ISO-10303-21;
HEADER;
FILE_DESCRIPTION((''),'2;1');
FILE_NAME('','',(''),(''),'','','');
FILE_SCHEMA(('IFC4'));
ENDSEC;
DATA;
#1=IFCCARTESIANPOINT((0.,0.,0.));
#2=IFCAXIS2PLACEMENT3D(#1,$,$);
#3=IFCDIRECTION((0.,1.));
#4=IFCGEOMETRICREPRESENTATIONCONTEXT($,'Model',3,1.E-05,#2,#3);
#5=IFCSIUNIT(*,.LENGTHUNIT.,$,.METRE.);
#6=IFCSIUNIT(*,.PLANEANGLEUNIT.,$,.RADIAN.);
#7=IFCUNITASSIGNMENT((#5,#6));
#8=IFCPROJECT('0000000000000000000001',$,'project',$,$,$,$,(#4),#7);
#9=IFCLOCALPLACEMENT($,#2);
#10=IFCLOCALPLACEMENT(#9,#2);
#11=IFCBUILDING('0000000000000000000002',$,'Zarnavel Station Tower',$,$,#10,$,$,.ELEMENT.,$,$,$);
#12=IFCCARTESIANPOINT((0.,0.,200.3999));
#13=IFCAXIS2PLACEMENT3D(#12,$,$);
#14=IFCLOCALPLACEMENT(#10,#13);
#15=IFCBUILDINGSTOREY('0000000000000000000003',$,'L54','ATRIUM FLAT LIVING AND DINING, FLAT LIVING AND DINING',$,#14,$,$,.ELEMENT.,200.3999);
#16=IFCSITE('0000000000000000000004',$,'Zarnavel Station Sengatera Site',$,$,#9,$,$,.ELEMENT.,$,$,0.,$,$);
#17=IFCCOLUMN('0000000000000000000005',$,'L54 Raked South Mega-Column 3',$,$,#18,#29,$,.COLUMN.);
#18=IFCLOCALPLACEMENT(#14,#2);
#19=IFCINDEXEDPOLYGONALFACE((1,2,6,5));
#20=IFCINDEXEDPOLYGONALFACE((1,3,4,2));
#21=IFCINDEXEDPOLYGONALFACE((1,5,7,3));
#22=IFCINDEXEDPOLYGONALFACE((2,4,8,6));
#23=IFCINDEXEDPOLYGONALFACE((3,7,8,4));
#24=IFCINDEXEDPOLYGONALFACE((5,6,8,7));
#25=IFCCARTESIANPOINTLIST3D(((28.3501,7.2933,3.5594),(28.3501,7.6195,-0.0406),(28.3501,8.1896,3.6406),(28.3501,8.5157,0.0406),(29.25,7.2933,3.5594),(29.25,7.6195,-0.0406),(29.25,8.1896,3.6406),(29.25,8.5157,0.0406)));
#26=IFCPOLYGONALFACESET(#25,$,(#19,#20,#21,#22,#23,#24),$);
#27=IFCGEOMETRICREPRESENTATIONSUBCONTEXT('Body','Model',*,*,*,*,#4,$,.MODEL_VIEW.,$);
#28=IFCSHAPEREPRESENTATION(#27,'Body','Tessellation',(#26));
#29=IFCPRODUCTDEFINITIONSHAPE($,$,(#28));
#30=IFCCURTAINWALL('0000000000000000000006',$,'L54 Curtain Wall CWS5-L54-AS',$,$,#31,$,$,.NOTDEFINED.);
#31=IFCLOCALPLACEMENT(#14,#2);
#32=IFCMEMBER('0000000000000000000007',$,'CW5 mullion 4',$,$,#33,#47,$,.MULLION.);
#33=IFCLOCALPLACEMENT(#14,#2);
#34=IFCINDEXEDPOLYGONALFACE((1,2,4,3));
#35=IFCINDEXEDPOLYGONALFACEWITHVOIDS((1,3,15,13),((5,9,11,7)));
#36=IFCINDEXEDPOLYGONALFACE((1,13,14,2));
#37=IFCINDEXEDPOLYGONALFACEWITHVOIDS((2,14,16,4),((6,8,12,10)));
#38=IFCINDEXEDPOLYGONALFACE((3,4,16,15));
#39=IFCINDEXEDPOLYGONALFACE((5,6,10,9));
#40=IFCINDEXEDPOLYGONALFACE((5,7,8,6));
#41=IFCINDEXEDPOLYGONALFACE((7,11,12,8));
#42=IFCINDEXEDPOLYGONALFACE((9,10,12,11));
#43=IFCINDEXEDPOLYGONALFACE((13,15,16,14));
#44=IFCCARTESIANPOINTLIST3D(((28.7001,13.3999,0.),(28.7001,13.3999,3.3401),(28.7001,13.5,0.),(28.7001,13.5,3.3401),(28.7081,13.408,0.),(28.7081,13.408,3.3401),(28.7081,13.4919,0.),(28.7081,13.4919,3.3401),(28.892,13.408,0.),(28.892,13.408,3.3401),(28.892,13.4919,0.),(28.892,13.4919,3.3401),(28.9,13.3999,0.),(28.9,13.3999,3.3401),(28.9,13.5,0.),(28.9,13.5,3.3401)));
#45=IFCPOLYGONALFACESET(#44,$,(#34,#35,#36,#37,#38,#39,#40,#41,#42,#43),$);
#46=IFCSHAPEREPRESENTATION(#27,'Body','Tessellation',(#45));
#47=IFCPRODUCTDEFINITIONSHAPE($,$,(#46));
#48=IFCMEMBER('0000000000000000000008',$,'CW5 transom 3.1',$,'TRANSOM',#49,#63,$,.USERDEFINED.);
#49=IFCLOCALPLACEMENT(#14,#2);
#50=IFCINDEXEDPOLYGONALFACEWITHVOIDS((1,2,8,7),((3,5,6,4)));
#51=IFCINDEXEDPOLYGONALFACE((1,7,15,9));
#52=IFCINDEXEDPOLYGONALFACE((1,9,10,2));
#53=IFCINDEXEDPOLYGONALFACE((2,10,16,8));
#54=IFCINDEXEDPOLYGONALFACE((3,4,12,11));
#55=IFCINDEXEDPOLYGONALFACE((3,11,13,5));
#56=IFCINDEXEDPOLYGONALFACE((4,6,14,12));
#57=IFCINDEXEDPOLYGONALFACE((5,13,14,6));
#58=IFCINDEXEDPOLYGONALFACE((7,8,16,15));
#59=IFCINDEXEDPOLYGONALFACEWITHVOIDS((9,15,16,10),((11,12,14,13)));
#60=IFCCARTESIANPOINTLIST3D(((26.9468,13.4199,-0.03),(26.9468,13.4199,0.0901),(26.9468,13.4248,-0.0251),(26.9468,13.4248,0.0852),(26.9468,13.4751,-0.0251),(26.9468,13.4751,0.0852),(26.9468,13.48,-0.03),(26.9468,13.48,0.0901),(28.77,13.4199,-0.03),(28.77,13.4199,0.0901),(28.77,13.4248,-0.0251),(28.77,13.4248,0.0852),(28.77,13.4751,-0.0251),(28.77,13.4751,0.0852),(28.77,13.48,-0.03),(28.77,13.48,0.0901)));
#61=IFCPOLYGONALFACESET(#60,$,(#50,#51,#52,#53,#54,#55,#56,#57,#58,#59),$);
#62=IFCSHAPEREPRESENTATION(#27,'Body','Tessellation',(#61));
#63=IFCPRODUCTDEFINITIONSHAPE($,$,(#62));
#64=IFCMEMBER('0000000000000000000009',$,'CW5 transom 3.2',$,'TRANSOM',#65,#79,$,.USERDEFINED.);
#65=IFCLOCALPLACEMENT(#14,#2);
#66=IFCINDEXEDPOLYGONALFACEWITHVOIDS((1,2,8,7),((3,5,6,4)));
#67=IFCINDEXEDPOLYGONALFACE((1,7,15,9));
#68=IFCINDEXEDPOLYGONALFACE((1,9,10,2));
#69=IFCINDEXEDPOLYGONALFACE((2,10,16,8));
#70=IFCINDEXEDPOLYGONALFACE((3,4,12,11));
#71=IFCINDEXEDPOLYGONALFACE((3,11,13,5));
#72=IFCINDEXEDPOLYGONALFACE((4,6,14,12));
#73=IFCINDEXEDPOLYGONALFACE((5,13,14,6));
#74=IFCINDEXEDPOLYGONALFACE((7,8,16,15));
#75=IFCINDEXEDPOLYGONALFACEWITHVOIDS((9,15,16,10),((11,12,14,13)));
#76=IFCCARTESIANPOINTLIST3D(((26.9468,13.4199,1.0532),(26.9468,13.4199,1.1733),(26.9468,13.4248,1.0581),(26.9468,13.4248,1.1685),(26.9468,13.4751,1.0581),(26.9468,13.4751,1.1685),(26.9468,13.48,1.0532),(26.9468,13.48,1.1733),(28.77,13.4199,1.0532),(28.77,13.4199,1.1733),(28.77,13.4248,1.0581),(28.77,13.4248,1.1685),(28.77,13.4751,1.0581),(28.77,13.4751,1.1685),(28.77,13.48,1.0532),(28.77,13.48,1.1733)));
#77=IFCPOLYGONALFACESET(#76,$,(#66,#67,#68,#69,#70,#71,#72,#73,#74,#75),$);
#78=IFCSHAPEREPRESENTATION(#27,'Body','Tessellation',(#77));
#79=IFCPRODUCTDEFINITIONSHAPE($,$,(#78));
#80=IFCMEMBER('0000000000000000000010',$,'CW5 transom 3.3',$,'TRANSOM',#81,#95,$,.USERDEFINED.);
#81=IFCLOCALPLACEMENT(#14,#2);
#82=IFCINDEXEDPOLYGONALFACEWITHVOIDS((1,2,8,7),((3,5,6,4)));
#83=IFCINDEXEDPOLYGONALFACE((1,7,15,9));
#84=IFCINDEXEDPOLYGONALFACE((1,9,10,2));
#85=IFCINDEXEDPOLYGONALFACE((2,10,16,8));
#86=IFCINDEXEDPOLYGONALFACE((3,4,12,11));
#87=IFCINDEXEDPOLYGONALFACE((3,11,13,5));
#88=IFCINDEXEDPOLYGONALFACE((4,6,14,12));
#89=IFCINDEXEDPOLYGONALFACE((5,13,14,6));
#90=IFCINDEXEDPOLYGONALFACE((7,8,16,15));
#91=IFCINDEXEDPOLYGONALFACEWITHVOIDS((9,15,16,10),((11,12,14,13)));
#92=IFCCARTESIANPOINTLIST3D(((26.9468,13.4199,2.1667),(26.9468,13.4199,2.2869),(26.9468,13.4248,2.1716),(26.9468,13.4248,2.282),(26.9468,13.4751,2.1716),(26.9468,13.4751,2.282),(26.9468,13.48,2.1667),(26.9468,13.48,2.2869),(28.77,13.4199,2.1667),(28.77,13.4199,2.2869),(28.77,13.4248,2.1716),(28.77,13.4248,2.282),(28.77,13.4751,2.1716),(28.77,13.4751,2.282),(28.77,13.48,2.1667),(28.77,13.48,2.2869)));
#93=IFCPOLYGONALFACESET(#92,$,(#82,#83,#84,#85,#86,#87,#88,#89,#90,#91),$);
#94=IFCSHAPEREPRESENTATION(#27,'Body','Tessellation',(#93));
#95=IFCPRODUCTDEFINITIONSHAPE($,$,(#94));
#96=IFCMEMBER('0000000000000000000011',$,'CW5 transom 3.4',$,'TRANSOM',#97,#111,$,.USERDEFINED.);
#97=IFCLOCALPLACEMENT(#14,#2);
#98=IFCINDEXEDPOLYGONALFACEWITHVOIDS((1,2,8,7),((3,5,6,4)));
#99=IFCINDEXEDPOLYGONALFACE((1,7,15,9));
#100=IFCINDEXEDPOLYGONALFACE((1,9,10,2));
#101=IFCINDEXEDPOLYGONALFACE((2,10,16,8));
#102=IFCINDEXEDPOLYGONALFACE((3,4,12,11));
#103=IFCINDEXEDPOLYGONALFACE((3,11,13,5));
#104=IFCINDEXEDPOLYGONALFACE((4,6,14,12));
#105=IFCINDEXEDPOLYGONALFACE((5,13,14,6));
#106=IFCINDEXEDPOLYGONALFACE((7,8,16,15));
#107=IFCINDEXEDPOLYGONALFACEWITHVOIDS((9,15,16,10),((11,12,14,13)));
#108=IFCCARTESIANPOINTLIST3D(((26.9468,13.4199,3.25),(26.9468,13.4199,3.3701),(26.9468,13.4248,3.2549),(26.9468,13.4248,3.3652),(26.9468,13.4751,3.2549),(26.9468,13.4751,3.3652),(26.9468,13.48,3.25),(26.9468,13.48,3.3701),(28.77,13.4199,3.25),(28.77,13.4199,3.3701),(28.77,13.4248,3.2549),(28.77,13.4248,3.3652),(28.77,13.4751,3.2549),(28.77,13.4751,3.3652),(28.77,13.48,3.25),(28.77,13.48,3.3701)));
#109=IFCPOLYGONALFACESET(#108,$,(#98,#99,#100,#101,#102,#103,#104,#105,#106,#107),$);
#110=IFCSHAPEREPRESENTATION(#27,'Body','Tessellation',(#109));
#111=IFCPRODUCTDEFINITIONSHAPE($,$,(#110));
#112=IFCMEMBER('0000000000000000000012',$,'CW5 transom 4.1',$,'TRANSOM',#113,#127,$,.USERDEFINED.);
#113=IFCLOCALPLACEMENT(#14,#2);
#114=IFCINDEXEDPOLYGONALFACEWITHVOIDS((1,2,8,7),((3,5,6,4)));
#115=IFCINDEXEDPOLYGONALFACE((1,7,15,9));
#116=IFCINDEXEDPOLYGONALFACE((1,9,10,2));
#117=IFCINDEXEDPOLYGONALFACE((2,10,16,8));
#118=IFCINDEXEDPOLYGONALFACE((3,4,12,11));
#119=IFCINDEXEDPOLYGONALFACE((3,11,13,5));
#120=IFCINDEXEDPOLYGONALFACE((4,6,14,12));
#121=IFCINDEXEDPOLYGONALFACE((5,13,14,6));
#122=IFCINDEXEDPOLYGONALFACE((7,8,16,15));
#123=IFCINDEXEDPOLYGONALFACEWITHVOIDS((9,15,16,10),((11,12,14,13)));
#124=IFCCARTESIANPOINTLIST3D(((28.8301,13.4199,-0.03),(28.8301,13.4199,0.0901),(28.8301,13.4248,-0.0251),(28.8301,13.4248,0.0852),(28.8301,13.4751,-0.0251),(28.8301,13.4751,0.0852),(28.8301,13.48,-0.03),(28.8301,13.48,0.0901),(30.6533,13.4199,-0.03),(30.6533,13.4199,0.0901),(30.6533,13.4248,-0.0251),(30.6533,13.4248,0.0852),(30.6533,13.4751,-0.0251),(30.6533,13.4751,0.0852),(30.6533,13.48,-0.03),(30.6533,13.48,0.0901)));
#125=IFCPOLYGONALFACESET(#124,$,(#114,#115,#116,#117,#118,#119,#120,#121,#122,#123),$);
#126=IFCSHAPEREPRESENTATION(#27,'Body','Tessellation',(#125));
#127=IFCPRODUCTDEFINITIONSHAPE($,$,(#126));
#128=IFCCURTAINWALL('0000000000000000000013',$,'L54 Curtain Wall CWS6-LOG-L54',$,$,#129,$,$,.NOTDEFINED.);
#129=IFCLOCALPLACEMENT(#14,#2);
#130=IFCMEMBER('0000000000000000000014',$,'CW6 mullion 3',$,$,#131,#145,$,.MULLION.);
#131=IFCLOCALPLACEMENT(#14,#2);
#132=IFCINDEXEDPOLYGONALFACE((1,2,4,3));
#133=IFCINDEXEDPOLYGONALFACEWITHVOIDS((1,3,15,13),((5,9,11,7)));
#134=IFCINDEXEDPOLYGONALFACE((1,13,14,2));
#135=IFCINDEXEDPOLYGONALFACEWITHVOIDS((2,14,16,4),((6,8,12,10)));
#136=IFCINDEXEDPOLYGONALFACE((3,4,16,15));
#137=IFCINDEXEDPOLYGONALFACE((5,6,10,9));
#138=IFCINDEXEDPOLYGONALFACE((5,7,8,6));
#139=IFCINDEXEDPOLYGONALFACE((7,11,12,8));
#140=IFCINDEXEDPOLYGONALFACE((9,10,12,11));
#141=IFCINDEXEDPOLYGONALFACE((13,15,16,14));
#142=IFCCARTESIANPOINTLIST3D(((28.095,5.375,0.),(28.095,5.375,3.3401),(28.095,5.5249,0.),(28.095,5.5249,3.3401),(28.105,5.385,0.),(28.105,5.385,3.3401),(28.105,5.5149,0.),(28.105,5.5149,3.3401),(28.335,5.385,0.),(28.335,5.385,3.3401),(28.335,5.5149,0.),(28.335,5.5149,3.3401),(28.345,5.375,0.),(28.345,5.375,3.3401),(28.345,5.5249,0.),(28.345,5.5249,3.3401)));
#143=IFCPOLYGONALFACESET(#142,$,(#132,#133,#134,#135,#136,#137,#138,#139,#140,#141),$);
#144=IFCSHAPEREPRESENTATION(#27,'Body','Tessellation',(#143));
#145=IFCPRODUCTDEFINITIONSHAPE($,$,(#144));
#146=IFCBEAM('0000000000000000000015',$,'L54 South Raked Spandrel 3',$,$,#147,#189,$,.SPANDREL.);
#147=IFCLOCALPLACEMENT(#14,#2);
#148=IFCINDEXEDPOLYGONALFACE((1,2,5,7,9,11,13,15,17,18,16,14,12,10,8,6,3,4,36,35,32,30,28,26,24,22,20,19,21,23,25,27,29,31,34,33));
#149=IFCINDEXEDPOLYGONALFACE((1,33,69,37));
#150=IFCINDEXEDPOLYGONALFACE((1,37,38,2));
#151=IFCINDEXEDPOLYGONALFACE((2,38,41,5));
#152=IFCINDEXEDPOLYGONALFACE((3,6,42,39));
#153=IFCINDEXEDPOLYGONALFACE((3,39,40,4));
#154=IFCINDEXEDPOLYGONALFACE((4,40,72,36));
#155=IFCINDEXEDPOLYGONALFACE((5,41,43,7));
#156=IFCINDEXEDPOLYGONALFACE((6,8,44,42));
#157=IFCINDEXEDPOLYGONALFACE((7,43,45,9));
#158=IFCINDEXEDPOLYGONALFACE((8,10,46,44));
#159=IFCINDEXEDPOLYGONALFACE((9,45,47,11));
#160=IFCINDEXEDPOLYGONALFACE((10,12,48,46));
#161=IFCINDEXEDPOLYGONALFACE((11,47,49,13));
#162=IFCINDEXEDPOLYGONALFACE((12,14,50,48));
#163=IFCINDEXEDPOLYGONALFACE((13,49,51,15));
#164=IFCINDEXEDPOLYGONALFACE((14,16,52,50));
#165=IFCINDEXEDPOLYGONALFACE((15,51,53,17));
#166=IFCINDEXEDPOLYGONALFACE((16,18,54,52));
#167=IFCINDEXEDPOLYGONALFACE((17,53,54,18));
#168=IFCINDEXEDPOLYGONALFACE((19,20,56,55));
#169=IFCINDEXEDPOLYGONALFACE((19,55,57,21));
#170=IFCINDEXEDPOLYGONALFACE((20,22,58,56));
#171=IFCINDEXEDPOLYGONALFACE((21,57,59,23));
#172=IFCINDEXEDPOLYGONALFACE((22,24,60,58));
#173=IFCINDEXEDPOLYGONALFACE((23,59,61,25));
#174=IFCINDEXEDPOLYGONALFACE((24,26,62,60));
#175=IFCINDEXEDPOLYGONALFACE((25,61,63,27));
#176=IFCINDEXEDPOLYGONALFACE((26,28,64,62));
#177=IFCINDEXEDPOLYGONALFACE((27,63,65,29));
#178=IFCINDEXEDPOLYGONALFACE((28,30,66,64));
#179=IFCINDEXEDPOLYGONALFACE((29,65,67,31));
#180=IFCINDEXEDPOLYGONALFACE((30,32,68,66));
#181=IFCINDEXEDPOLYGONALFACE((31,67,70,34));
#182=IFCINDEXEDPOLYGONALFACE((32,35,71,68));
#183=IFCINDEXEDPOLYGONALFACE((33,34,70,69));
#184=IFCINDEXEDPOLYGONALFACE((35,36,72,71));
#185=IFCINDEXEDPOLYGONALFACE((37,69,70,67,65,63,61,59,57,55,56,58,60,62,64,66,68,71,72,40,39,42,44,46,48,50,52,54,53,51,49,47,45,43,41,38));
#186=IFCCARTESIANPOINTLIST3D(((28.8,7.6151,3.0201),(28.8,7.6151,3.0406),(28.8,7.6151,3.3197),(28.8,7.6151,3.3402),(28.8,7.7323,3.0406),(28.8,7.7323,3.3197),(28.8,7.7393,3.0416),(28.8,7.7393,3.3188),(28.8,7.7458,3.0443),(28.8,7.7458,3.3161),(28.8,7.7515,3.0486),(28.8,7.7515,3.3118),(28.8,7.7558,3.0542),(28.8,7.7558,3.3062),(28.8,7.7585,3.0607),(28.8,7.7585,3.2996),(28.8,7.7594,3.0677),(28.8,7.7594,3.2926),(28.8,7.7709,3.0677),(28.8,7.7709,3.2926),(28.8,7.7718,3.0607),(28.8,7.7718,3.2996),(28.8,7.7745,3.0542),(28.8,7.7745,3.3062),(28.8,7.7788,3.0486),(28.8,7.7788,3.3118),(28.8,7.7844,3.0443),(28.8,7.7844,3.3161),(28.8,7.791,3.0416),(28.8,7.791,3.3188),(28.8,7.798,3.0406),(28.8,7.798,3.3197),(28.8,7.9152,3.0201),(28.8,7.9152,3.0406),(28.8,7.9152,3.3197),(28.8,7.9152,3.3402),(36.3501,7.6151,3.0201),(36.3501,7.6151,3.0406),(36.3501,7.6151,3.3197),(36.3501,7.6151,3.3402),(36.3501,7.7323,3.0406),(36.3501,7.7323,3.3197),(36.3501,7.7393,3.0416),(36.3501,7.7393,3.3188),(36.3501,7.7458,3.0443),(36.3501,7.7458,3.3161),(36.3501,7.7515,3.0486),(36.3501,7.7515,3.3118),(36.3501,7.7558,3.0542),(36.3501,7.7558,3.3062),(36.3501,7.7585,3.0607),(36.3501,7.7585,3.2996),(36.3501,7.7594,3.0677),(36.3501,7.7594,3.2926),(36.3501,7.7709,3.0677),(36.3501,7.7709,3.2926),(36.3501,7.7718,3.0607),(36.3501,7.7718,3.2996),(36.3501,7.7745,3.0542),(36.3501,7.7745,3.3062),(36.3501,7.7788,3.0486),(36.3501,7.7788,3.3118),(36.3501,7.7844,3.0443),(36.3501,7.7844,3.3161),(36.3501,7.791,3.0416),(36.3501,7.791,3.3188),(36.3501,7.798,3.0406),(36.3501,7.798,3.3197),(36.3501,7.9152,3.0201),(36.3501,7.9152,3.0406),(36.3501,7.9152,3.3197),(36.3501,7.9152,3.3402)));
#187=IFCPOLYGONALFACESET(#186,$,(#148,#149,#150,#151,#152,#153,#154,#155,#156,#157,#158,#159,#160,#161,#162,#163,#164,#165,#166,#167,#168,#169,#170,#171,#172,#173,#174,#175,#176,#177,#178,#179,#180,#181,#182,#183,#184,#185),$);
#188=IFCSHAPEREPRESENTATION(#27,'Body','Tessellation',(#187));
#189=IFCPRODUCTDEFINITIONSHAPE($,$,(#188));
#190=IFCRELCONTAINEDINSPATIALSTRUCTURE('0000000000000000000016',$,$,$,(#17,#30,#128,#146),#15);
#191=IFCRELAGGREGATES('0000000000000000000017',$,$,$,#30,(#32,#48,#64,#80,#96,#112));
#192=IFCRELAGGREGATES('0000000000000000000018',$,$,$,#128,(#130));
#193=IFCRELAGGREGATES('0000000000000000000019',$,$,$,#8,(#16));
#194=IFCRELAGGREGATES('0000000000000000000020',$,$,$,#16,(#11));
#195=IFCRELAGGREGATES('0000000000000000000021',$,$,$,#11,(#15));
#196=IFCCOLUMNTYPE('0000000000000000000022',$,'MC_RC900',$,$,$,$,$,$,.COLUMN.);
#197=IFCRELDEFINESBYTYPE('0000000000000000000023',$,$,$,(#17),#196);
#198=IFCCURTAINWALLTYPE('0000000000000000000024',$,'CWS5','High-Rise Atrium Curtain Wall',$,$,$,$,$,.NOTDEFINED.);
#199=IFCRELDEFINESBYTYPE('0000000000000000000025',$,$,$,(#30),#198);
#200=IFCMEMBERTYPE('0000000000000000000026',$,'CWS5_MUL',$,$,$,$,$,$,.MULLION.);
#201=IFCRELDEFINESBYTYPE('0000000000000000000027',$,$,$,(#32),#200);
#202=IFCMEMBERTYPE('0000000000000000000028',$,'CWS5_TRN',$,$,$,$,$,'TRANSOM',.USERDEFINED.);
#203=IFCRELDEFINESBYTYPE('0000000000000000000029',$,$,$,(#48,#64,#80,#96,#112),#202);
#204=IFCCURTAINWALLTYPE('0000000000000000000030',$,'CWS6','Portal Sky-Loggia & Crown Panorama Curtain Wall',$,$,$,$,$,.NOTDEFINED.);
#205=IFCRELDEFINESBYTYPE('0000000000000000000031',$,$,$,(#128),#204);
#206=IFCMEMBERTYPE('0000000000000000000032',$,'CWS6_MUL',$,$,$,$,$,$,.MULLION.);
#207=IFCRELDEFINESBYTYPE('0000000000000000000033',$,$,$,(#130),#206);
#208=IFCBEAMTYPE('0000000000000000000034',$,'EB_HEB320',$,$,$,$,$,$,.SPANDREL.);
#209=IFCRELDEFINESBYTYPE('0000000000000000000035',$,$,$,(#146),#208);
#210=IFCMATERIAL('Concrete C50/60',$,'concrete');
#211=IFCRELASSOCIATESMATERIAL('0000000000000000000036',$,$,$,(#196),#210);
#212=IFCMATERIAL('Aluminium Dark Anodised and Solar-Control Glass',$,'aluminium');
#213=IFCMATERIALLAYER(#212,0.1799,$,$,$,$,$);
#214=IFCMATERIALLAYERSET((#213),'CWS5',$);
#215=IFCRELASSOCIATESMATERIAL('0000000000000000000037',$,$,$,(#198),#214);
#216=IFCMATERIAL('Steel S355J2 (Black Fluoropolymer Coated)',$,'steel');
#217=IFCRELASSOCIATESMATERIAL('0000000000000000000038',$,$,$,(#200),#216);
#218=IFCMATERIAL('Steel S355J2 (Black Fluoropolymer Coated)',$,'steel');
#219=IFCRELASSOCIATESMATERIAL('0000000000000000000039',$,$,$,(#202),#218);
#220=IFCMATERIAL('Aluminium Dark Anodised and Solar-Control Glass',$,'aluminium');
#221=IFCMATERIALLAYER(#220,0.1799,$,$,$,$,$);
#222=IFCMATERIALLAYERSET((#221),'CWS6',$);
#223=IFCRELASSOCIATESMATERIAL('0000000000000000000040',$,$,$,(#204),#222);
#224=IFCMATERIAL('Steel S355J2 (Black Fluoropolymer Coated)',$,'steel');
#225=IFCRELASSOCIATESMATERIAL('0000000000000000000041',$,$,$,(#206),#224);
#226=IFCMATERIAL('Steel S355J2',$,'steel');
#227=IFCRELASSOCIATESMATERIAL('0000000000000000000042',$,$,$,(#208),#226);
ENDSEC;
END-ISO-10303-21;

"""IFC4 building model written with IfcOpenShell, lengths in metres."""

from ifc_helpers import new_model, si_unit, direction, frame, origin, origin_2d, place, context, subcontext, project, spatial, rectangle, hollow_rectangle, i_section, extrude, material, layer, layer_set, material_profile, profile_set, type_object, element, aggregate, save


model = new_model("IFC4")

# Units and contexts
model_context = context("Model", 3, precision=1e-05, world=origin(), true_north=direction((0.0, 1.0)))
body_context = subcontext(model_context, "Body", "Model", "MODEL_VIEW")
ifc_project = project(units=[si_unit("LENGTHUNIT", "METRE"), si_unit("PLANEANGLEUNIT", "RADIAN")], contexts=[model_context])

# Site, building, storey
site_placement = place(None, origin())
site = spatial("IfcSite", under=ifc_project, at=site_placement, Name="Zarnavel Station Sengatera Site", CompositionType="ELEMENT", RefElevation=0.0)
building_placement = place(site_placement, origin())
building = spatial("IfcBuilding", under=site, at=building_placement, Name="Zarnavel Station Tower", CompositionType="ELEMENT")
storey_placement = place(building_placement, frame((0.0, 0.0, 200.3999)))
storey = spatial("IfcBuildingStorey", under=building, at=storey_placement, Name="L54", Description="ATRIUM FLAT LIVING AND DINING, FLAT LIVING AND DINING", CompositionType="ELEMENT", Elevation=200.3999)

# Column
ifc_material_1 = material(Name="Concrete C50/60", Category="concrete")
ifc_material_profile_1 = material_profile(ifc_material_1, rectangle(XDim=0.8999, YDim=0.8999, at=origin_2d()), Name="RC900x900")
ifc_profile_set_1 = profile_set([ifc_material_profile_1], Name="Concrete C50/60")
column_type = type_object("IfcColumnType", Name="MC_RC900", PredefinedType="COLUMN", material=ifc_profile_set_1)
column_placement = place(storey_placement, frame((28.8, 8.0676, 0.0), z_axis=(0.0, -0.090231, 0.995921), x_axis=(1.0, 0.0, 0.0)))
element("IfcColumn", 1, at=column_placement, inside=storey, type_object=column_type, Name="L54 Raked South Mega-Column 3", PredefinedType="COLUMN", context=body_context, shape_type="SweptSolid", body=[
    extrude(rectangle(XDim=0.8999, YDim=0.8999, at=origin_2d()), origin(), (0.0, 0.0, 1.0), 3.6147),
])

# Curtain wall, members
ifc_material_2 = material(Name="Aluminium Dark Anodised and Solar-Control Glass", Category="aluminium")
ifc_layer_1 = layer(ifc_material_2, 0.1799)
ifc_layer_set_1 = layer_set([ifc_layer_1], Name="CWS5")
curtain_wall_type_1 = type_object("IfcCurtainWallType", Name="CWS5", Description="High-Rise Atrium Curtain Wall", PredefinedType="NOTDEFINED", material=ifc_layer_set_1)
curtain_wall_1_placement = place(storey_placement, origin())
curtain_wall_1 = element("IfcCurtainWall", 2, at=curtain_wall_1_placement, inside=storey, type_object=curtain_wall_type_1, Name="L54 Curtain Wall CWS5-L54-AS", PredefinedType="NOTDEFINED")
ifc_material_3 = material(Name="Steel S355J2 (Black Fluoropolymer Coated)", Category="steel")
ifc_material_profile_2 = material_profile(ifc_material_3, hollow_rectangle(XDim=0.1001, YDim=0.2, WallThickness=0.0081, at=origin_2d()), Name="RHS200x100x8")
ifc_profile_set_2 = profile_set([ifc_material_profile_2], Name="Steel S355J2 (Black Fluoropolymer Coated)")
member_type_1 = type_object("IfcMemberType", Name="CWS5_MUL", PredefinedType="MULLION", material=ifc_profile_set_2)
member_1_placement = place(storey_placement, frame((28.8, 13.45, 0.0), z_axis=(0.0, 0.0, 1.0), x_axis=(0.0, 1.0, 0.0)))
member_1 = element("IfcMember", 3, at=member_1_placement, type_object=member_type_1, Name="CW5 mullion 4", PredefinedType="MULLION", context=body_context, shape_type="SweptSolid", body=[
    extrude(hollow_rectangle(XDim=0.1001, YDim=0.2, WallThickness=0.0081, at=origin_2d()), origin(), (0.0, 0.0, 1.0), 3.3401),
])
ifc_material_4 = material(Name="Steel S355J2 (Black Fluoropolymer Coated)", Category="steel")
ifc_material_profile_3 = material_profile(ifc_material_4, hollow_rectangle(XDim=0.0601, YDim=0.1201, WallThickness=0.0049, at=origin_2d()), Name="RHS120x60x5")
ifc_profile_set_3 = profile_set([ifc_material_profile_3], Name="Steel S355J2 (Black Fluoropolymer Coated)")
member_type_2 = type_object("IfcMemberType", Name="CWS5_TRN", ElementType="TRANSOM", PredefinedType="USERDEFINED", material=ifc_profile_set_3)
member_2_placement = place(storey_placement, frame((26.9468, 13.45, 0.03), z_axis=(1.0, 0.0, 0.0), x_axis=(0.0, 1.0, 0.0)))
member_2 = element("IfcMember", 4, at=member_2_placement, type_object=member_type_2, Name="CW5 transom 3.1", ObjectType="TRANSOM", PredefinedType="USERDEFINED", context=body_context, shape_type="SweptSolid", body=[
    extrude(hollow_rectangle(XDim=0.0601, YDim=0.1201, WallThickness=0.0049, at=origin_2d()), origin(), (0.0, 0.0, 1.0), 1.8232),
])
member_3_placement = place(storey_placement, frame((26.9468, 13.45, 1.1133), z_axis=(1.0, 0.0, 0.0), x_axis=(0.0, 1.0, 0.0)))
member_3 = element("IfcMember", 5, at=member_3_placement, type_object=member_type_2, Name="CW5 transom 3.2", ObjectType="TRANSOM", PredefinedType="USERDEFINED", context=body_context, shape_type="SweptSolid", body=[
    extrude(hollow_rectangle(XDim=0.0601, YDim=0.1201, WallThickness=0.0049, at=origin_2d()), origin(), (0.0, 0.0, 1.0), 1.8232),
])
member_4_placement = place(storey_placement, frame((26.9468, 13.45, 2.2268), z_axis=(1.0, 0.0, 0.0), x_axis=(0.0, 1.0, 0.0)))
member_4 = element("IfcMember", 6, at=member_4_placement, type_object=member_type_2, Name="CW5 transom 3.3", ObjectType="TRANSOM", PredefinedType="USERDEFINED", context=body_context, shape_type="SweptSolid", body=[
    extrude(hollow_rectangle(XDim=0.0601, YDim=0.1201, WallThickness=0.0049, at=origin_2d()), origin(), (0.0, 0.0, 1.0), 1.8232),
])
member_5_placement = place(storey_placement, frame((26.9468, 13.45, 3.3101), z_axis=(1.0, 0.0, 0.0), x_axis=(0.0, 1.0, 0.0)))
member_5 = element("IfcMember", 7, at=member_5_placement, type_object=member_type_2, Name="CW5 transom 3.4", ObjectType="TRANSOM", PredefinedType="USERDEFINED", context=body_context, shape_type="SweptSolid", body=[
    extrude(hollow_rectangle(XDim=0.0601, YDim=0.1201, WallThickness=0.0049, at=origin_2d()), origin(), (0.0, 0.0, 1.0), 1.8232),
])
member_6_placement = place(storey_placement, frame((28.8301, 13.45, 0.03), z_axis=(1.0, 0.0, 0.0), x_axis=(0.0, 1.0, 0.0)))
member_6 = element("IfcMember", 8, at=member_6_placement, type_object=member_type_2, Name="CW5 transom 4.1", ObjectType="TRANSOM", PredefinedType="USERDEFINED", context=body_context, shape_type="SweptSolid", body=[
    extrude(hollow_rectangle(XDim=0.0601, YDim=0.1201, WallThickness=0.0049, at=origin_2d()), origin(), (0.0, 0.0, 1.0), 1.8232),
])

# Curtain wall, member
ifc_material_5 = material(Name="Aluminium Dark Anodised and Solar-Control Glass", Category="aluminium")
ifc_layer_2 = layer(ifc_material_5, 0.1799)
ifc_layer_set_2 = layer_set([ifc_layer_2], Name="CWS6")
curtain_wall_type_2 = type_object("IfcCurtainWallType", Name="CWS6", Description="Portal Sky-Loggia & Crown Panorama Curtain Wall", PredefinedType="NOTDEFINED", material=ifc_layer_set_2)
curtain_wall_2_placement = place(storey_placement, origin())
curtain_wall_2 = element("IfcCurtainWall", 9, at=curtain_wall_2_placement, inside=storey, type_object=curtain_wall_type_2, Name="L54 Curtain Wall CWS6-LOG-L54", PredefinedType="NOTDEFINED")
ifc_material_6 = material(Name="Steel S355J2 (Black Fluoropolymer Coated)", Category="steel")
ifc_material_profile_4 = material_profile(ifc_material_6, hollow_rectangle(XDim=0.1499, YDim=0.25, WallThickness=0.01, at=origin_2d()), Name="RHS250x150x10")
ifc_profile_set_4 = profile_set([ifc_material_profile_4], Name="Steel S355J2 (Black Fluoropolymer Coated)")
member_type_3 = type_object("IfcMemberType", Name="CWS6_MUL", PredefinedType="MULLION", material=ifc_profile_set_4)
member_7_placement = place(storey_placement, frame((28.22, 5.45, 0.0), z_axis=(0.0, 0.0, 1.0), x_axis=(0.0, 1.0, 0.0)))
member_7 = element("IfcMember", 10, at=member_7_placement, type_object=member_type_3, Name="CW6 mullion 3", PredefinedType="MULLION", context=body_context, shape_type="SweptSolid", body=[
    extrude(hollow_rectangle(XDim=0.1499, YDim=0.25, WallThickness=0.01, at=origin_2d()), origin(), (0.0, 0.0, 1.0), 3.3401),
])

# Beam
ifc_material_7 = material(Name="Steel S355J2", Category="steel")
ifc_material_profile_5 = material_profile(ifc_material_7, i_section(OverallWidth=0.3, OverallDepth=0.3201, WebThickness=0.0115, FlangeThickness=0.0205, FilletRadius=0.0271, at=origin_2d()), Name="HEB320")
ifc_profile_set_5 = profile_set([ifc_material_profile_5], Name="Steel S355J2")
beam_type_1 = type_object("IfcBeamType", Name="EB_HEB320", PredefinedType="SPANDREL", material=ifc_profile_set_5)
beam_1_placement = place(storey_placement, frame((28.8, 7.7651, 3.1802), z_axis=(1.0, 0.0, 0.0), x_axis=(0.0, 1.0, 0.0)))
element("IfcBeam", 11, at=beam_1_placement, inside=storey, type_object=beam_type_1, Name="L54 South Raked Spandrel 3", PredefinedType="SPANDREL", context=body_context, shape_type="SweptSolid", body=[
    extrude(i_section(OverallWidth=0.3, OverallDepth=0.3201, WebThickness=0.0115, FlangeThickness=0.0205, FilletRadius=0.0271, at=origin_2d()), origin(), (0.0, 0.0, 1.0), 7.55),
])

aggregate(curtain_wall_1, [member_1, member_2, member_3, member_4, member_5, member_6])
aggregate(curtain_wall_2, [member_7])

save(model, "model.ifc")
